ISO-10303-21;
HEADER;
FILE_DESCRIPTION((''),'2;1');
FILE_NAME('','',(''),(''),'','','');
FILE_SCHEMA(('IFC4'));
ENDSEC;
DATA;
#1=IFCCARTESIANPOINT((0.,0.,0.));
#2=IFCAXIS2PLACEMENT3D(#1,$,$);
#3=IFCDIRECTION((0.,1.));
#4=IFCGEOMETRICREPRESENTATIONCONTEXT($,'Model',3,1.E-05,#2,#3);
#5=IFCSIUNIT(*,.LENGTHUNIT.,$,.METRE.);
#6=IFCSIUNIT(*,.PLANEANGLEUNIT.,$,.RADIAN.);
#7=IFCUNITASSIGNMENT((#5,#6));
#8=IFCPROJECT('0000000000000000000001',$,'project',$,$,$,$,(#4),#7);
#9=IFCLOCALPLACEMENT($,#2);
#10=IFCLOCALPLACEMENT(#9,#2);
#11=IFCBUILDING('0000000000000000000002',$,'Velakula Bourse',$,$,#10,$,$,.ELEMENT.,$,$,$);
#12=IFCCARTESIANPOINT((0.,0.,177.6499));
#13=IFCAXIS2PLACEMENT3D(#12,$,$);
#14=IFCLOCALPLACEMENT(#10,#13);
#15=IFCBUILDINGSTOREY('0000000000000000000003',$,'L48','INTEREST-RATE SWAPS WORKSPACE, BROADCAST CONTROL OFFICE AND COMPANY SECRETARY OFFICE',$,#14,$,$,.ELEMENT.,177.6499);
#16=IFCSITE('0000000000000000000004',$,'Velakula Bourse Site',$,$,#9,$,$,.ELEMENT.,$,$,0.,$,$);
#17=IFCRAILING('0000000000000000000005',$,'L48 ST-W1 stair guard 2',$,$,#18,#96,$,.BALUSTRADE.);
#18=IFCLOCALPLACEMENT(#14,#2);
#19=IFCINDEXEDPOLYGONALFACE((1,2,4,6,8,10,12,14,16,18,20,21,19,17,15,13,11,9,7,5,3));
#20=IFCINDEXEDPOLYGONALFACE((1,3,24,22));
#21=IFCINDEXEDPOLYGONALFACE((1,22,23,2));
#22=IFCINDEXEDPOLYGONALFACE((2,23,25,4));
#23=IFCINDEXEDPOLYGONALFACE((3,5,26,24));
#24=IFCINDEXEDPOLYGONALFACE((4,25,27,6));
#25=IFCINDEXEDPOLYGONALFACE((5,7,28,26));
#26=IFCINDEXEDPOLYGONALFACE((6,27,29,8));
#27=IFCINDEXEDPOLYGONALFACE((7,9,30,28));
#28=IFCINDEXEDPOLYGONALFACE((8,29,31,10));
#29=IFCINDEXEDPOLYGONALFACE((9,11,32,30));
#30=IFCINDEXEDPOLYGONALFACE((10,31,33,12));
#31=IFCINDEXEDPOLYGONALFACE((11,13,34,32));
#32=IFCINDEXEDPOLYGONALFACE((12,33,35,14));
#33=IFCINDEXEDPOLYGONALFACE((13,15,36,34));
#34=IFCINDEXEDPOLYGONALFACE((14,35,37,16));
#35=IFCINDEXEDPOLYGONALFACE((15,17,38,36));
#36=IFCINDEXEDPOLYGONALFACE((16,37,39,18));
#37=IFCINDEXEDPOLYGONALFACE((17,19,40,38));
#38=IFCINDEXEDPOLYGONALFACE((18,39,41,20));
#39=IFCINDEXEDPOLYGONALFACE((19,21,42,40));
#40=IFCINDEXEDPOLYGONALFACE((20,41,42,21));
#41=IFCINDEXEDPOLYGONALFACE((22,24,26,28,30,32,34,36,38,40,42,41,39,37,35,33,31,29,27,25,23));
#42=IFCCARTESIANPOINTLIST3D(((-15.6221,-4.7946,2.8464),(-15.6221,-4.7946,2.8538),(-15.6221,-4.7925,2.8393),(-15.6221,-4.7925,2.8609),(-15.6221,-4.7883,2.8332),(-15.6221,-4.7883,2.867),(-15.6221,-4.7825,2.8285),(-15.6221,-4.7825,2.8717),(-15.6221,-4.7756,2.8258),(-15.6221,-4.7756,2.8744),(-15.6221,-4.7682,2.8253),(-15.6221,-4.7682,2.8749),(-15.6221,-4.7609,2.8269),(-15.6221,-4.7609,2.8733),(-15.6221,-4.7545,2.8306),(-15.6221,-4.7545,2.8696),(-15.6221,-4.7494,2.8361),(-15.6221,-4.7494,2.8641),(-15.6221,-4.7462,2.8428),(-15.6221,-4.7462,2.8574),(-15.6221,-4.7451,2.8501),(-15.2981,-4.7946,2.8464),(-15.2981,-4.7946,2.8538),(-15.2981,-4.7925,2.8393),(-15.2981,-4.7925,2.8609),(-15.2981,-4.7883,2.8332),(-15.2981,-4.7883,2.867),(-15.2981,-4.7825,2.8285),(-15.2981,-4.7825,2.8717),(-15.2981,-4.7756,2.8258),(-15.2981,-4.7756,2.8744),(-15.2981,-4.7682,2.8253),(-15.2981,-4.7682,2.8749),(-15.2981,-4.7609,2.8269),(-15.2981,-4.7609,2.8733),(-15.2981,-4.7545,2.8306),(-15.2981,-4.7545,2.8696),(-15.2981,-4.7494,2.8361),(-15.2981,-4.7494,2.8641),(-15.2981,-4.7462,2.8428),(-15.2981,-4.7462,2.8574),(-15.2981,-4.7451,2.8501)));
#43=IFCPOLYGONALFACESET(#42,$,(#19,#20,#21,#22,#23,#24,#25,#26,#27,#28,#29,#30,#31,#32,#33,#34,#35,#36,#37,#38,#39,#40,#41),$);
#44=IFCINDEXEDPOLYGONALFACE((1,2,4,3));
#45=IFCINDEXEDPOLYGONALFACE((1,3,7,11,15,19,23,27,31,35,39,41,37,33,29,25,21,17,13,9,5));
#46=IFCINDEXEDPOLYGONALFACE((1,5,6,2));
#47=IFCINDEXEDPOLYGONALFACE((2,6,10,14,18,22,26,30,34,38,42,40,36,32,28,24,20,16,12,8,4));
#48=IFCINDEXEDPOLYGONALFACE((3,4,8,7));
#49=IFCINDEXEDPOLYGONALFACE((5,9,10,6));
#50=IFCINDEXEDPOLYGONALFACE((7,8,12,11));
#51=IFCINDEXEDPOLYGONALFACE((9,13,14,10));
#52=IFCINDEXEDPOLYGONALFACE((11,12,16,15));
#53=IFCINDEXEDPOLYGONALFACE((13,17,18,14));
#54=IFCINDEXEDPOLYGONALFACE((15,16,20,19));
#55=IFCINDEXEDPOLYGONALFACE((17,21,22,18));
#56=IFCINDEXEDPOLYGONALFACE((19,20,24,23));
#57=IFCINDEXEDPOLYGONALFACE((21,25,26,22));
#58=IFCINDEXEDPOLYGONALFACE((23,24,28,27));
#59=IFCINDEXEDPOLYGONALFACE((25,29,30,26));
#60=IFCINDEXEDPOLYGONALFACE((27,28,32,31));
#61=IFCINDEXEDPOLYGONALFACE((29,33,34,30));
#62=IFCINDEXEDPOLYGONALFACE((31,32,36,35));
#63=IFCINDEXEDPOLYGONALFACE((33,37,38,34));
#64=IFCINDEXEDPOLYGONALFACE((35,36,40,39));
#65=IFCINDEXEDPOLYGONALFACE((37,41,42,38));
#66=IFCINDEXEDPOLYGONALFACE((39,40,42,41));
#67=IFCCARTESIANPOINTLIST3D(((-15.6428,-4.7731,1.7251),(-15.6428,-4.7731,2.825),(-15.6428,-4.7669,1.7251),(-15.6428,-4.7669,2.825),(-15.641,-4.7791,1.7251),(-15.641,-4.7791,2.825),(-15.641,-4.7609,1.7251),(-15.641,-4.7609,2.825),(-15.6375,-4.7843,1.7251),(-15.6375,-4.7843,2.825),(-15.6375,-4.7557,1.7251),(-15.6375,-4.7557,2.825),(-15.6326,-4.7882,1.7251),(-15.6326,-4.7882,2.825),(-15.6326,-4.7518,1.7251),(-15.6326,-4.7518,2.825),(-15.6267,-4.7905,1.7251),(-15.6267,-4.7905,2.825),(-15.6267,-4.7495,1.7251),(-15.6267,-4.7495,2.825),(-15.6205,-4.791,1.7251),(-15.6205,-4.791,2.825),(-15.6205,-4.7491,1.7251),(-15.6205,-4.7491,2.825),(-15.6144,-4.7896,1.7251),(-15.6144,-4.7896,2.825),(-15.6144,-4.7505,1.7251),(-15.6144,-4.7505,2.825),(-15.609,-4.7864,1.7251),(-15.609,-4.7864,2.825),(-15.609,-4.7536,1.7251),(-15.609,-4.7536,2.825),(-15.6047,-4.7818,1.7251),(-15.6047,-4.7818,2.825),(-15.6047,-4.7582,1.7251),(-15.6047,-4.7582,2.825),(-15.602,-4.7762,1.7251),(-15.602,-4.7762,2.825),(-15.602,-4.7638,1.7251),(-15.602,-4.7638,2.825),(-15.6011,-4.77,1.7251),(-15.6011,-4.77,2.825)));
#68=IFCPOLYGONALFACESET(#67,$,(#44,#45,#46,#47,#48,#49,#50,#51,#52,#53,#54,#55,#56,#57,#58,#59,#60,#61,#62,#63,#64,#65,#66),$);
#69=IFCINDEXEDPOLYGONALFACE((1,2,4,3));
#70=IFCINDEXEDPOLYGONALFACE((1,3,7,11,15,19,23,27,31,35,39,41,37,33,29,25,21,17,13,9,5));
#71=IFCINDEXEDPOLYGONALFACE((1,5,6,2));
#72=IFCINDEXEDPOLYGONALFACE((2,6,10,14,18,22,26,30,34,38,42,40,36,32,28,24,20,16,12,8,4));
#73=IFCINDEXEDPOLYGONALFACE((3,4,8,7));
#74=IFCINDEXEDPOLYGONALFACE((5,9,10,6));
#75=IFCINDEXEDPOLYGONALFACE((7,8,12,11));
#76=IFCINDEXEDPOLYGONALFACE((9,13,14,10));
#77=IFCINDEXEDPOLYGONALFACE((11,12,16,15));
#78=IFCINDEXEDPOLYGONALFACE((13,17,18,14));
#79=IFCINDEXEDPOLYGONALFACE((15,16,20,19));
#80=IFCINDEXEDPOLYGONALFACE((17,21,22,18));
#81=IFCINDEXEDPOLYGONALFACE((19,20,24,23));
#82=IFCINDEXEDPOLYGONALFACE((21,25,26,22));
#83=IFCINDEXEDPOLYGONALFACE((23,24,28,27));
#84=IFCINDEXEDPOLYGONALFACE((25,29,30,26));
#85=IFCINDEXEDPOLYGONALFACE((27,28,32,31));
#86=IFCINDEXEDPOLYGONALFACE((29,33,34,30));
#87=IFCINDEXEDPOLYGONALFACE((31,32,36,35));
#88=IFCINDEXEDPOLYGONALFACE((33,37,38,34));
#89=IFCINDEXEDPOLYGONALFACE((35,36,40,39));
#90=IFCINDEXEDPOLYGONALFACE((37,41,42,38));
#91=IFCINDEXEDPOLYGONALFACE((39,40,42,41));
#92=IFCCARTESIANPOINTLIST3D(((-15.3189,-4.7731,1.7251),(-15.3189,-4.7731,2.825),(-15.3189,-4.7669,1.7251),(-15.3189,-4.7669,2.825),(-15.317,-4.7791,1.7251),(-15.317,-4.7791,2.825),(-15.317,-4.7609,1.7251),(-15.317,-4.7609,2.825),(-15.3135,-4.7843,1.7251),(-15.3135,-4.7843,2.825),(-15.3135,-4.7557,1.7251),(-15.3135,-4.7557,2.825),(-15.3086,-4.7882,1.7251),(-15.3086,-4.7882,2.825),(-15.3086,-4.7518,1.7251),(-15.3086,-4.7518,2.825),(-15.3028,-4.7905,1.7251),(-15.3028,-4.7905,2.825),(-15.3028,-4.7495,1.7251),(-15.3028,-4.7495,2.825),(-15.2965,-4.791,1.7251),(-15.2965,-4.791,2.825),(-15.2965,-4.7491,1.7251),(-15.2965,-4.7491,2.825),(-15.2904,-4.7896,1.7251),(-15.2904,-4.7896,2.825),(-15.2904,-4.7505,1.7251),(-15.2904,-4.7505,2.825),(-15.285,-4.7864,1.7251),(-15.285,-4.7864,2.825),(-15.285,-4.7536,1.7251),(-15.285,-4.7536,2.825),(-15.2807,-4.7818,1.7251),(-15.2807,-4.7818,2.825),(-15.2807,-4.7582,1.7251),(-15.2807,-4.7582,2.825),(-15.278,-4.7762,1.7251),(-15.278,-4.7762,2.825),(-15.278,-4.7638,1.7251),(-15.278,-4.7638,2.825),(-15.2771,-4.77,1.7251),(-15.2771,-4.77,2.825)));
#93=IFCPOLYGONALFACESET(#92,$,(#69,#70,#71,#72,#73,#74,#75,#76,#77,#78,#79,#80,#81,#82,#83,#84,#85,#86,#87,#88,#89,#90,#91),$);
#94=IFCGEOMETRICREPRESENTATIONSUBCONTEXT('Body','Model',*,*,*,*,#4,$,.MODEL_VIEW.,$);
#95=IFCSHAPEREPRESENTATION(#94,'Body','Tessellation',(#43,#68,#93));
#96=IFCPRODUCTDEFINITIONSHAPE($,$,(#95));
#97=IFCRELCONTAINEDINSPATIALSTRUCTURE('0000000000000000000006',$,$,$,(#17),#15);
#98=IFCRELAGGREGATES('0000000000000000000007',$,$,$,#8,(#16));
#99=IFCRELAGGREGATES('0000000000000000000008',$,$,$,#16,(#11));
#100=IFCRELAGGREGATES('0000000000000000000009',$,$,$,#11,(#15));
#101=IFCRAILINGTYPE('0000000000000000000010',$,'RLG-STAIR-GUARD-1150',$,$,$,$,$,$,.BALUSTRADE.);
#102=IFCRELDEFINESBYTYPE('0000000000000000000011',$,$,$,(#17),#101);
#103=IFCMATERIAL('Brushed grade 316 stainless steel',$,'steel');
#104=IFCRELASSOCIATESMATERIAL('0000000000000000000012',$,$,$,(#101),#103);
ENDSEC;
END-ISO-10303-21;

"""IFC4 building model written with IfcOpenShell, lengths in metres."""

from ifc_helpers import new_model, si_unit, direction, frame, origin, origin_2d, place, context, subcontext, project, spatial, circle, extrude, material, type_object, element, save


model = new_model("IFC4")

# Units and contexts
model_context = context("Model", 3, precision=1e-05, world=origin(), true_north=direction((0.0, 1.0)))
body_context = subcontext(model_context, "Body", "Model", "MODEL_VIEW")
ifc_project = project(units=[si_unit("LENGTHUNIT", "METRE"), si_unit("PLANEANGLEUNIT", "RADIAN")], contexts=[model_context])

# Site, building, storey
site_placement = place(None, origin())
site = spatial("IfcSite", under=ifc_project, at=site_placement, Name="Velakula Bourse Site", CompositionType="ELEMENT", RefElevation=0.0)
building_placement = place(site_placement, origin())
building = spatial("IfcBuilding", under=site, at=building_placement, Name="Velakula Bourse", CompositionType="ELEMENT")
storey_placement = place(building_placement, frame((0.0, 0.0, 177.6499)))
storey = spatial("IfcBuildingStorey", under=building, at=storey_placement, Name="L48", Description="INTEREST-RATE SWAPS WORKSPACE, BROADCAST CONTROL OFFICE AND COMPANY SECRETARY OFFICE", CompositionType="ELEMENT", Elevation=177.6499)

# Shared definitions
ifc_material_1 = material(Name="Brushed grade 316 stainless steel", Category="steel")

# Railing
railing_type_1 = type_object("IfcRailingType", Name="RLG-STAIR-GUARD-1150", PredefinedType="BALUSTRADE", material=ifc_material_1)
railing_1_placement = place(storey_placement, frame((-15.6221, -4.77, 1.7251)))
element("IfcRailing", 1, at=railing_1_placement, inside=storey, type_object=railing_type_1, Name="L48 ST-W1 stair guard 2", PredefinedType="BALUSTRADE", context=body_context, shape_type="SweptSolid", body=[
    extrude(circle(Radius=0.0249, at=origin_2d()), frame((0.0, 0.0, 1.125), z_axis=(1.0, 0.0, 0.0), x_axis=(0.0, 1.0, 0.0)), (0.0, 0.0, 1.0), 0.324),
    extrude(circle(Radius=0.021, at=origin_2d()), origin(), (0.0, 0.0, 1.0), 1.0999),
    extrude(circle(Radius=0.021, at=origin_2d()), frame((0.324, 0.0, 0.0)), (0.0, 0.0, 1.0), 1.0999),
])

save(model, "model.ifc")
